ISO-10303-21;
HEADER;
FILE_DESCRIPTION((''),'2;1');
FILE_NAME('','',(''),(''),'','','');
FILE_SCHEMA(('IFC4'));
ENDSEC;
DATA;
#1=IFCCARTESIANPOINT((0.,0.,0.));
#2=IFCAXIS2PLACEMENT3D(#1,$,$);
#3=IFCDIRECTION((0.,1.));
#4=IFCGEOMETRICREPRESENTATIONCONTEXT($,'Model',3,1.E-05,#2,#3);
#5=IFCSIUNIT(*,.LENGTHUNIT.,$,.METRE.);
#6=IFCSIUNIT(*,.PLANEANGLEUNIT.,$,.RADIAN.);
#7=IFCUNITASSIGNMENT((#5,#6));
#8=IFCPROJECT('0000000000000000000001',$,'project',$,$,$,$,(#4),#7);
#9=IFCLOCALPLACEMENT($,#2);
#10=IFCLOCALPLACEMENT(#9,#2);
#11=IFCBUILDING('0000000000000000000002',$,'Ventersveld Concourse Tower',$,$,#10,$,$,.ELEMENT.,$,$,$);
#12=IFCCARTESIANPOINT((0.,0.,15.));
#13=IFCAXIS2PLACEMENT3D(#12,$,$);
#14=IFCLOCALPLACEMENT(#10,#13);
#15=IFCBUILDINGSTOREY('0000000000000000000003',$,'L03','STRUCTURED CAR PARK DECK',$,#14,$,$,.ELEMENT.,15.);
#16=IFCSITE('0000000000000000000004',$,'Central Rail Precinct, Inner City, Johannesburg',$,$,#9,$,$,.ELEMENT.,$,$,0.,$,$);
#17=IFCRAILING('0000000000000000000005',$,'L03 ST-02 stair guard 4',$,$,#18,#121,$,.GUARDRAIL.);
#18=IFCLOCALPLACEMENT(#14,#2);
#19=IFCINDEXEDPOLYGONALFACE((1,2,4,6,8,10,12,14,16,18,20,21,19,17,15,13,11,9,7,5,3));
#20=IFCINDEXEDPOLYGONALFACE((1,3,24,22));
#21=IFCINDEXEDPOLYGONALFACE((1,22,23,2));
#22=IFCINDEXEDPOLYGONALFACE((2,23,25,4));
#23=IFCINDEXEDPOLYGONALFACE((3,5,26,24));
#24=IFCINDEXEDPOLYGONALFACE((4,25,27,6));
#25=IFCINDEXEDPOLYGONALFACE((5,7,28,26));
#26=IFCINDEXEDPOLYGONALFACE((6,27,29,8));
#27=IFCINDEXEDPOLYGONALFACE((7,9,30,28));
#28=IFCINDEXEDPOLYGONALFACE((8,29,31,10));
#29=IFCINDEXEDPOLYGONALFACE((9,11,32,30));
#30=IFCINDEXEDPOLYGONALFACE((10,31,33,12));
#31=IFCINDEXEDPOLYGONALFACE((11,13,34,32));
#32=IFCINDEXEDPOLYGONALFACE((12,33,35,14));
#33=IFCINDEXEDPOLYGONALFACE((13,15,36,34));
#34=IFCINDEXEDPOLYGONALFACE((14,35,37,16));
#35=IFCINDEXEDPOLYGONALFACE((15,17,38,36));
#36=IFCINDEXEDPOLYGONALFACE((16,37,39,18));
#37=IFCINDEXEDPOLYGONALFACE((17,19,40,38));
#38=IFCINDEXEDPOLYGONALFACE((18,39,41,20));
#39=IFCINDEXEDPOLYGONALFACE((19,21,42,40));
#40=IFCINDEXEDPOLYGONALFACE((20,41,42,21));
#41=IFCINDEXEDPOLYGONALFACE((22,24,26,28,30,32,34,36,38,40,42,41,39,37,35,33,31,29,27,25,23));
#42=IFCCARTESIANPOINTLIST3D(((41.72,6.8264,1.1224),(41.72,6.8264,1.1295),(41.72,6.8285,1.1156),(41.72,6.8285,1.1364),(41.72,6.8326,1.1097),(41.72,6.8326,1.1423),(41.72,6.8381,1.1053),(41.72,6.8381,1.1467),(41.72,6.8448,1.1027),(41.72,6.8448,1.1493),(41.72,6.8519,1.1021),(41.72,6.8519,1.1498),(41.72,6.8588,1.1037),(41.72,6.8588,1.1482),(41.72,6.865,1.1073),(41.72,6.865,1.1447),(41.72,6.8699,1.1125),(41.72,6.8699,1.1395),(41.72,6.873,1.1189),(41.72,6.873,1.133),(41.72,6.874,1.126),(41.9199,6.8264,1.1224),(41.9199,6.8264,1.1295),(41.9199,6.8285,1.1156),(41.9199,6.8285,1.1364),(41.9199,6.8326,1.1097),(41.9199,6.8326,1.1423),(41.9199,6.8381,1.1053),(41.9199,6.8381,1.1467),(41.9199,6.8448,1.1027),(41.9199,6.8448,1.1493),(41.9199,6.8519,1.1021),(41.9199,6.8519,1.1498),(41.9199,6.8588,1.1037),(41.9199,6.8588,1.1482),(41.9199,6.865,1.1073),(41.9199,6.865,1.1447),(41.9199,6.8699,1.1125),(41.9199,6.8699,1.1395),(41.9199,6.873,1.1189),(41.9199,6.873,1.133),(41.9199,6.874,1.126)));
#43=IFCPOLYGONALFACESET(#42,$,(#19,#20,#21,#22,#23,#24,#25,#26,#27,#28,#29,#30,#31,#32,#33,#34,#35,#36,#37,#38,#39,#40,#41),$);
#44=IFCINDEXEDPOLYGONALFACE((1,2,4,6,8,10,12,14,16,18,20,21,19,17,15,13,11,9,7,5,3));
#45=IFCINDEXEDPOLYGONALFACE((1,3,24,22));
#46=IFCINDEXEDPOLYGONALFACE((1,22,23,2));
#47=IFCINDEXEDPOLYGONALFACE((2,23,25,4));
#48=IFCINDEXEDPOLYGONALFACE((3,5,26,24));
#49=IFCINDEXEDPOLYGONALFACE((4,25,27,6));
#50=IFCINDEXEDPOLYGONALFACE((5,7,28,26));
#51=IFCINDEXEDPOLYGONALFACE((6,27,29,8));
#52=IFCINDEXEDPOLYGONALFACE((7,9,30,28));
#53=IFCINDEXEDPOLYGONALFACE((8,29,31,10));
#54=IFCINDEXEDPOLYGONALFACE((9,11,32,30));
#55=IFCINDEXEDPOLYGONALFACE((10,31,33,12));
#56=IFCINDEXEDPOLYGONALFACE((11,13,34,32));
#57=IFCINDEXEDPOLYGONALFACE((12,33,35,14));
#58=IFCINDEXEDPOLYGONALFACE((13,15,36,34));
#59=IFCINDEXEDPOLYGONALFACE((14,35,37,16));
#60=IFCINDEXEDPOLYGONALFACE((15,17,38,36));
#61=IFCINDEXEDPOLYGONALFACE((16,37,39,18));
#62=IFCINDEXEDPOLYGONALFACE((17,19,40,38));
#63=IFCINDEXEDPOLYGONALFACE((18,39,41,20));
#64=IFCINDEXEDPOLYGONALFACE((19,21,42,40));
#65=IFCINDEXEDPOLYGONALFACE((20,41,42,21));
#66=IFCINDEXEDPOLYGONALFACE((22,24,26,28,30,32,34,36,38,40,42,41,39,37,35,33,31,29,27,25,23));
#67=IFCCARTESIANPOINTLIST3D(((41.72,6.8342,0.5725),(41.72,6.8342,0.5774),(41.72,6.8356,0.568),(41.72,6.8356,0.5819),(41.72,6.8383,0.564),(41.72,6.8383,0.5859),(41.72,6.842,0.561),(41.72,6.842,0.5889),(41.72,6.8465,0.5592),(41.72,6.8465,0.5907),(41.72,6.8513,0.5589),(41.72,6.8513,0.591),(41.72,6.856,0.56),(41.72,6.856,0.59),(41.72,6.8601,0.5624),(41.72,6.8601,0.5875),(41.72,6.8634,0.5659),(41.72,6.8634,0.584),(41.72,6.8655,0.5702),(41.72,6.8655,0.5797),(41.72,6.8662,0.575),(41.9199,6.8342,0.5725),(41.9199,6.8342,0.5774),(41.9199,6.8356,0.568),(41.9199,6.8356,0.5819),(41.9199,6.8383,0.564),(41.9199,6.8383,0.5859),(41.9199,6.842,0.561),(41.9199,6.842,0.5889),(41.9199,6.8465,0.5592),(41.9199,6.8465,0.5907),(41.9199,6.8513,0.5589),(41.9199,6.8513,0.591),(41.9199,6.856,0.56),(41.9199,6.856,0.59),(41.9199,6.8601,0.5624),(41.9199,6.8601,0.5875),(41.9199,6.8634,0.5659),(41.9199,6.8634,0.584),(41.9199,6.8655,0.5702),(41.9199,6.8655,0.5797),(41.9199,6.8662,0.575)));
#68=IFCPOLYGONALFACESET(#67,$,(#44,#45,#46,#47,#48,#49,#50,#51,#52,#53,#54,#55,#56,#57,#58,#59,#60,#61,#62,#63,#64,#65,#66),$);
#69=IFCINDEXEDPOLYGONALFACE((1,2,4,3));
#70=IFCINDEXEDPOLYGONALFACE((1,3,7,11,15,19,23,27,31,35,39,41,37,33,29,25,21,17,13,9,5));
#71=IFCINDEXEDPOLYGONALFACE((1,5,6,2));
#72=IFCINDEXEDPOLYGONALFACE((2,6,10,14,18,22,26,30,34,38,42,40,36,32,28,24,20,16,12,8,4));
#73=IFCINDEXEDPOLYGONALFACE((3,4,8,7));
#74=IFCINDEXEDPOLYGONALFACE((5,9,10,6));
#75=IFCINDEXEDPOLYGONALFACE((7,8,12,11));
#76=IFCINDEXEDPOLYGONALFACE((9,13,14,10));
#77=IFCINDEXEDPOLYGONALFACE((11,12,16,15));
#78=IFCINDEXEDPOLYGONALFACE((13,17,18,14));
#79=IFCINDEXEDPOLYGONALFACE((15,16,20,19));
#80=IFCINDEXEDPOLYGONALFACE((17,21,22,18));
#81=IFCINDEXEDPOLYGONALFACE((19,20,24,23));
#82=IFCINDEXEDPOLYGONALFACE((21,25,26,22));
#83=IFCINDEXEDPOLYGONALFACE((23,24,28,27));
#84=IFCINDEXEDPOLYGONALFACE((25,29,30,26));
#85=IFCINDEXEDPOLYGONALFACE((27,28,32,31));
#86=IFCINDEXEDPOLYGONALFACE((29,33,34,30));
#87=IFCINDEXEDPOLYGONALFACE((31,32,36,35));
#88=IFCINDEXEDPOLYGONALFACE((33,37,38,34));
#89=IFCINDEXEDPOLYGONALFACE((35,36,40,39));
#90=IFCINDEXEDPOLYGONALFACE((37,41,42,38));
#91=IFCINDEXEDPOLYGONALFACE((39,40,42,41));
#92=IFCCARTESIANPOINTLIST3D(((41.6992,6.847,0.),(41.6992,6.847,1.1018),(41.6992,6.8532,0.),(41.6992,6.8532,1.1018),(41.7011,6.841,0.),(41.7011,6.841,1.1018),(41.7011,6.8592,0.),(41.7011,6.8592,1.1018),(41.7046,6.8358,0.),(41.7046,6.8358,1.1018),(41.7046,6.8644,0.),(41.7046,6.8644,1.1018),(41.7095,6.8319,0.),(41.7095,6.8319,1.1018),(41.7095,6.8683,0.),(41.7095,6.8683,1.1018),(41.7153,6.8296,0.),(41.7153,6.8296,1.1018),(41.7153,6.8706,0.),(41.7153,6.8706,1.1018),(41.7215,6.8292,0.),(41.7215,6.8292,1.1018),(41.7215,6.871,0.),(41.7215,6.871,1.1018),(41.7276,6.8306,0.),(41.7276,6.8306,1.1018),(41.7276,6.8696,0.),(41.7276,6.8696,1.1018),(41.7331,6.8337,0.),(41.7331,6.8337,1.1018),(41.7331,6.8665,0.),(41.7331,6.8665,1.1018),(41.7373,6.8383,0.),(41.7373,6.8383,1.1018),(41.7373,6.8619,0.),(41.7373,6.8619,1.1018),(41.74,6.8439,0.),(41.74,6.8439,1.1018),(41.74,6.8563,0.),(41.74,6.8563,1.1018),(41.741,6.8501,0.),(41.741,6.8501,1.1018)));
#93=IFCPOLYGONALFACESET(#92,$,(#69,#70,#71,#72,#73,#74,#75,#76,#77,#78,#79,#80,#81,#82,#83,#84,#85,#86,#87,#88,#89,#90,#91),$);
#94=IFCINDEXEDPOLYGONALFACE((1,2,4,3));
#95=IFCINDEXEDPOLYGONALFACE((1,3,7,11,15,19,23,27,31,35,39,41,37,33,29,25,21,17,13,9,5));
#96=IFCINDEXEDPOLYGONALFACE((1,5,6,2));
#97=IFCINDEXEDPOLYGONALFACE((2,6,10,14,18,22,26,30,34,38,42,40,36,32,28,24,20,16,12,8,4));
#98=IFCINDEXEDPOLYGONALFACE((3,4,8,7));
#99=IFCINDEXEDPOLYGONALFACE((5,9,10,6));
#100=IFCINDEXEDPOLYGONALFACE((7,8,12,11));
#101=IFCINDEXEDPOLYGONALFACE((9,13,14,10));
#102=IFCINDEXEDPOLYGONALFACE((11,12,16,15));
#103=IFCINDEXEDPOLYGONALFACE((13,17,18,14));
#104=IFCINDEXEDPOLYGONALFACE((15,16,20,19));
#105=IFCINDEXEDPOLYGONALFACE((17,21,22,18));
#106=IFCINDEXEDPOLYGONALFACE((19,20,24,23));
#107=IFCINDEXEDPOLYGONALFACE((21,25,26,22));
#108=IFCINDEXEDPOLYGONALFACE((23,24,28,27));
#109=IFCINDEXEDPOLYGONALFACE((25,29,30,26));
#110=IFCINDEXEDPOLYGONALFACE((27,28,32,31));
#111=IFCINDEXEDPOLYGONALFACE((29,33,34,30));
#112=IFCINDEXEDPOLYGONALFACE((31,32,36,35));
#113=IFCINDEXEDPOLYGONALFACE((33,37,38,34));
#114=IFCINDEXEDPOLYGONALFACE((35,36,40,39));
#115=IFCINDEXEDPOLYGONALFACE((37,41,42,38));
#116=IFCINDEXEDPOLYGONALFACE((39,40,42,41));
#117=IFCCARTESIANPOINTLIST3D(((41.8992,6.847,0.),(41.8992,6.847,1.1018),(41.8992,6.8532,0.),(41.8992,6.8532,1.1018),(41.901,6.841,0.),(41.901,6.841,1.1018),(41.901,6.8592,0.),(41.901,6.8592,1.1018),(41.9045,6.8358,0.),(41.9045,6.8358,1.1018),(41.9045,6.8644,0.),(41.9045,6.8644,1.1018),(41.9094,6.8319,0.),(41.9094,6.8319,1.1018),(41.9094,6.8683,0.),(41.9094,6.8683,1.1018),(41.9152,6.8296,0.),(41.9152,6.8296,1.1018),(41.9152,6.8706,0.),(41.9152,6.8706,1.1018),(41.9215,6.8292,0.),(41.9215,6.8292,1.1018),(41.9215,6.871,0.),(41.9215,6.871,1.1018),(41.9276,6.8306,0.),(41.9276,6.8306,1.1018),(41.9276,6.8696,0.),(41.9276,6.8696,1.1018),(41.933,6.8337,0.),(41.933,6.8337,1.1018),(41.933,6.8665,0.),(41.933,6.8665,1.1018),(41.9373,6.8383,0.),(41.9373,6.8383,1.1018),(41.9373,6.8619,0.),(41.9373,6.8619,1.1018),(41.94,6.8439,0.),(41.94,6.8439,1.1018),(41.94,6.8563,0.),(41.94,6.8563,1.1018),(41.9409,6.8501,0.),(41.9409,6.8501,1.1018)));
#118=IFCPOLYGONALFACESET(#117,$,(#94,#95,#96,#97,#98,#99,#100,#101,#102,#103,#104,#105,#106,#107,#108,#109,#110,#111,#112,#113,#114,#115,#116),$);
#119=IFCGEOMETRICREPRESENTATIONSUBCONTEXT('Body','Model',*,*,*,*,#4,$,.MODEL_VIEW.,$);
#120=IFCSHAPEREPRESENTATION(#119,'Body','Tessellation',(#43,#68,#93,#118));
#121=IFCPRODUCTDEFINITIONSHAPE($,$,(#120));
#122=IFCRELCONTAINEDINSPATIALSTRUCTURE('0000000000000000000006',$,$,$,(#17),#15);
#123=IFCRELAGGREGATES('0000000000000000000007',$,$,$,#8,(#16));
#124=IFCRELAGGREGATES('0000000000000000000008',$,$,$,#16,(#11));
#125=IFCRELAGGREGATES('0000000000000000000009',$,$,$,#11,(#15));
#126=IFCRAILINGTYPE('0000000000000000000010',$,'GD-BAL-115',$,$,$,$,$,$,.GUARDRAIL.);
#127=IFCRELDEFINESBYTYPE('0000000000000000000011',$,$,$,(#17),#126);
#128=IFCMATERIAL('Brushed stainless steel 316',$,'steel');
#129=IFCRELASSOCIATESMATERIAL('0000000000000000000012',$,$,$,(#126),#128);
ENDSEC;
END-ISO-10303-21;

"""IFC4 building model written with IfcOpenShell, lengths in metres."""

from ifc_helpers import new_model, si_unit, direction, frame, origin, origin_2d, place, context, subcontext, project, spatial, circle, extrude, material, type_object, element, save


model = new_model("IFC4")

# Units and contexts
model_context = context("Model", 3, precision=1e-05, world=origin(), true_north=direction((0.0, 1.0)))
body_context = subcontext(model_context, "Body", "Model", "MODEL_VIEW")
ifc_project = project(units=[si_unit("LENGTHUNIT", "METRE"), si_unit("PLANEANGLEUNIT", "RADIAN")], contexts=[model_context])

# Site, building, storey
site_placement = place(None, origin())
site = spatial("IfcSite", under=ifc_project, at=site_placement, Name="Central Rail Precinct, Inner City, Johannesburg", CompositionType="ELEMENT", RefElevation=0.0)
building_placement = place(site_placement, origin())
building = spatial("IfcBuilding", under=site, at=building_placement, Name="Ventersveld Concourse Tower", CompositionType="ELEMENT")
storey_placement = place(building_placement, frame((0.0, 0.0, 15.0)))
storey = spatial("IfcBuildingStorey", under=building, at=storey_placement, Name="L03", Description="STRUCTURED CAR PARK DECK", CompositionType="ELEMENT", Elevation=15.0)

# Railing
ifc_material_1 = material(Name="Brushed stainless steel 316", Category="steel")
railing_type_1 = type_object("IfcRailingType", Name="GD-BAL-115", PredefinedType="GUARDRAIL", material=ifc_material_1)
railing_1_placement = place(storey_placement, frame((41.72, 6.8501, 0.0)))
element("IfcRailing", 1, at=railing_1_placement, inside=storey, type_object=railing_type_1, Name="L03 ST-02 stair guard 4", PredefinedType="GUARDRAIL", context=body_context, shape_type="SweptSolid", body=[
    extrude(circle(Radius=0.0239, at=origin_2d()), frame((0.0, 0.0, 1.126), z_axis=(1.0, 0.0, 0.0), x_axis=(0.0, 1.0, 0.0)), (0.0, 0.0, 1.0), 0.2),
    extrude(circle(Radius=0.0161, at=origin_2d()), frame((0.0, 0.0, 0.575), z_axis=(1.0, 0.0, 0.0), x_axis=(0.0, 1.0, 0.0)), (0.0, 0.0, 1.0), 0.2),
    extrude(circle(Radius=0.021, at=origin_2d()), origin(), (0.0, 0.0, 1.0), 1.1018),
    extrude(circle(Radius=0.021, at=origin_2d()), frame((0.2, 0.0, 0.0)), (0.0, 0.0, 1.0), 1.1018),
])

save(model, "model.ifc")
